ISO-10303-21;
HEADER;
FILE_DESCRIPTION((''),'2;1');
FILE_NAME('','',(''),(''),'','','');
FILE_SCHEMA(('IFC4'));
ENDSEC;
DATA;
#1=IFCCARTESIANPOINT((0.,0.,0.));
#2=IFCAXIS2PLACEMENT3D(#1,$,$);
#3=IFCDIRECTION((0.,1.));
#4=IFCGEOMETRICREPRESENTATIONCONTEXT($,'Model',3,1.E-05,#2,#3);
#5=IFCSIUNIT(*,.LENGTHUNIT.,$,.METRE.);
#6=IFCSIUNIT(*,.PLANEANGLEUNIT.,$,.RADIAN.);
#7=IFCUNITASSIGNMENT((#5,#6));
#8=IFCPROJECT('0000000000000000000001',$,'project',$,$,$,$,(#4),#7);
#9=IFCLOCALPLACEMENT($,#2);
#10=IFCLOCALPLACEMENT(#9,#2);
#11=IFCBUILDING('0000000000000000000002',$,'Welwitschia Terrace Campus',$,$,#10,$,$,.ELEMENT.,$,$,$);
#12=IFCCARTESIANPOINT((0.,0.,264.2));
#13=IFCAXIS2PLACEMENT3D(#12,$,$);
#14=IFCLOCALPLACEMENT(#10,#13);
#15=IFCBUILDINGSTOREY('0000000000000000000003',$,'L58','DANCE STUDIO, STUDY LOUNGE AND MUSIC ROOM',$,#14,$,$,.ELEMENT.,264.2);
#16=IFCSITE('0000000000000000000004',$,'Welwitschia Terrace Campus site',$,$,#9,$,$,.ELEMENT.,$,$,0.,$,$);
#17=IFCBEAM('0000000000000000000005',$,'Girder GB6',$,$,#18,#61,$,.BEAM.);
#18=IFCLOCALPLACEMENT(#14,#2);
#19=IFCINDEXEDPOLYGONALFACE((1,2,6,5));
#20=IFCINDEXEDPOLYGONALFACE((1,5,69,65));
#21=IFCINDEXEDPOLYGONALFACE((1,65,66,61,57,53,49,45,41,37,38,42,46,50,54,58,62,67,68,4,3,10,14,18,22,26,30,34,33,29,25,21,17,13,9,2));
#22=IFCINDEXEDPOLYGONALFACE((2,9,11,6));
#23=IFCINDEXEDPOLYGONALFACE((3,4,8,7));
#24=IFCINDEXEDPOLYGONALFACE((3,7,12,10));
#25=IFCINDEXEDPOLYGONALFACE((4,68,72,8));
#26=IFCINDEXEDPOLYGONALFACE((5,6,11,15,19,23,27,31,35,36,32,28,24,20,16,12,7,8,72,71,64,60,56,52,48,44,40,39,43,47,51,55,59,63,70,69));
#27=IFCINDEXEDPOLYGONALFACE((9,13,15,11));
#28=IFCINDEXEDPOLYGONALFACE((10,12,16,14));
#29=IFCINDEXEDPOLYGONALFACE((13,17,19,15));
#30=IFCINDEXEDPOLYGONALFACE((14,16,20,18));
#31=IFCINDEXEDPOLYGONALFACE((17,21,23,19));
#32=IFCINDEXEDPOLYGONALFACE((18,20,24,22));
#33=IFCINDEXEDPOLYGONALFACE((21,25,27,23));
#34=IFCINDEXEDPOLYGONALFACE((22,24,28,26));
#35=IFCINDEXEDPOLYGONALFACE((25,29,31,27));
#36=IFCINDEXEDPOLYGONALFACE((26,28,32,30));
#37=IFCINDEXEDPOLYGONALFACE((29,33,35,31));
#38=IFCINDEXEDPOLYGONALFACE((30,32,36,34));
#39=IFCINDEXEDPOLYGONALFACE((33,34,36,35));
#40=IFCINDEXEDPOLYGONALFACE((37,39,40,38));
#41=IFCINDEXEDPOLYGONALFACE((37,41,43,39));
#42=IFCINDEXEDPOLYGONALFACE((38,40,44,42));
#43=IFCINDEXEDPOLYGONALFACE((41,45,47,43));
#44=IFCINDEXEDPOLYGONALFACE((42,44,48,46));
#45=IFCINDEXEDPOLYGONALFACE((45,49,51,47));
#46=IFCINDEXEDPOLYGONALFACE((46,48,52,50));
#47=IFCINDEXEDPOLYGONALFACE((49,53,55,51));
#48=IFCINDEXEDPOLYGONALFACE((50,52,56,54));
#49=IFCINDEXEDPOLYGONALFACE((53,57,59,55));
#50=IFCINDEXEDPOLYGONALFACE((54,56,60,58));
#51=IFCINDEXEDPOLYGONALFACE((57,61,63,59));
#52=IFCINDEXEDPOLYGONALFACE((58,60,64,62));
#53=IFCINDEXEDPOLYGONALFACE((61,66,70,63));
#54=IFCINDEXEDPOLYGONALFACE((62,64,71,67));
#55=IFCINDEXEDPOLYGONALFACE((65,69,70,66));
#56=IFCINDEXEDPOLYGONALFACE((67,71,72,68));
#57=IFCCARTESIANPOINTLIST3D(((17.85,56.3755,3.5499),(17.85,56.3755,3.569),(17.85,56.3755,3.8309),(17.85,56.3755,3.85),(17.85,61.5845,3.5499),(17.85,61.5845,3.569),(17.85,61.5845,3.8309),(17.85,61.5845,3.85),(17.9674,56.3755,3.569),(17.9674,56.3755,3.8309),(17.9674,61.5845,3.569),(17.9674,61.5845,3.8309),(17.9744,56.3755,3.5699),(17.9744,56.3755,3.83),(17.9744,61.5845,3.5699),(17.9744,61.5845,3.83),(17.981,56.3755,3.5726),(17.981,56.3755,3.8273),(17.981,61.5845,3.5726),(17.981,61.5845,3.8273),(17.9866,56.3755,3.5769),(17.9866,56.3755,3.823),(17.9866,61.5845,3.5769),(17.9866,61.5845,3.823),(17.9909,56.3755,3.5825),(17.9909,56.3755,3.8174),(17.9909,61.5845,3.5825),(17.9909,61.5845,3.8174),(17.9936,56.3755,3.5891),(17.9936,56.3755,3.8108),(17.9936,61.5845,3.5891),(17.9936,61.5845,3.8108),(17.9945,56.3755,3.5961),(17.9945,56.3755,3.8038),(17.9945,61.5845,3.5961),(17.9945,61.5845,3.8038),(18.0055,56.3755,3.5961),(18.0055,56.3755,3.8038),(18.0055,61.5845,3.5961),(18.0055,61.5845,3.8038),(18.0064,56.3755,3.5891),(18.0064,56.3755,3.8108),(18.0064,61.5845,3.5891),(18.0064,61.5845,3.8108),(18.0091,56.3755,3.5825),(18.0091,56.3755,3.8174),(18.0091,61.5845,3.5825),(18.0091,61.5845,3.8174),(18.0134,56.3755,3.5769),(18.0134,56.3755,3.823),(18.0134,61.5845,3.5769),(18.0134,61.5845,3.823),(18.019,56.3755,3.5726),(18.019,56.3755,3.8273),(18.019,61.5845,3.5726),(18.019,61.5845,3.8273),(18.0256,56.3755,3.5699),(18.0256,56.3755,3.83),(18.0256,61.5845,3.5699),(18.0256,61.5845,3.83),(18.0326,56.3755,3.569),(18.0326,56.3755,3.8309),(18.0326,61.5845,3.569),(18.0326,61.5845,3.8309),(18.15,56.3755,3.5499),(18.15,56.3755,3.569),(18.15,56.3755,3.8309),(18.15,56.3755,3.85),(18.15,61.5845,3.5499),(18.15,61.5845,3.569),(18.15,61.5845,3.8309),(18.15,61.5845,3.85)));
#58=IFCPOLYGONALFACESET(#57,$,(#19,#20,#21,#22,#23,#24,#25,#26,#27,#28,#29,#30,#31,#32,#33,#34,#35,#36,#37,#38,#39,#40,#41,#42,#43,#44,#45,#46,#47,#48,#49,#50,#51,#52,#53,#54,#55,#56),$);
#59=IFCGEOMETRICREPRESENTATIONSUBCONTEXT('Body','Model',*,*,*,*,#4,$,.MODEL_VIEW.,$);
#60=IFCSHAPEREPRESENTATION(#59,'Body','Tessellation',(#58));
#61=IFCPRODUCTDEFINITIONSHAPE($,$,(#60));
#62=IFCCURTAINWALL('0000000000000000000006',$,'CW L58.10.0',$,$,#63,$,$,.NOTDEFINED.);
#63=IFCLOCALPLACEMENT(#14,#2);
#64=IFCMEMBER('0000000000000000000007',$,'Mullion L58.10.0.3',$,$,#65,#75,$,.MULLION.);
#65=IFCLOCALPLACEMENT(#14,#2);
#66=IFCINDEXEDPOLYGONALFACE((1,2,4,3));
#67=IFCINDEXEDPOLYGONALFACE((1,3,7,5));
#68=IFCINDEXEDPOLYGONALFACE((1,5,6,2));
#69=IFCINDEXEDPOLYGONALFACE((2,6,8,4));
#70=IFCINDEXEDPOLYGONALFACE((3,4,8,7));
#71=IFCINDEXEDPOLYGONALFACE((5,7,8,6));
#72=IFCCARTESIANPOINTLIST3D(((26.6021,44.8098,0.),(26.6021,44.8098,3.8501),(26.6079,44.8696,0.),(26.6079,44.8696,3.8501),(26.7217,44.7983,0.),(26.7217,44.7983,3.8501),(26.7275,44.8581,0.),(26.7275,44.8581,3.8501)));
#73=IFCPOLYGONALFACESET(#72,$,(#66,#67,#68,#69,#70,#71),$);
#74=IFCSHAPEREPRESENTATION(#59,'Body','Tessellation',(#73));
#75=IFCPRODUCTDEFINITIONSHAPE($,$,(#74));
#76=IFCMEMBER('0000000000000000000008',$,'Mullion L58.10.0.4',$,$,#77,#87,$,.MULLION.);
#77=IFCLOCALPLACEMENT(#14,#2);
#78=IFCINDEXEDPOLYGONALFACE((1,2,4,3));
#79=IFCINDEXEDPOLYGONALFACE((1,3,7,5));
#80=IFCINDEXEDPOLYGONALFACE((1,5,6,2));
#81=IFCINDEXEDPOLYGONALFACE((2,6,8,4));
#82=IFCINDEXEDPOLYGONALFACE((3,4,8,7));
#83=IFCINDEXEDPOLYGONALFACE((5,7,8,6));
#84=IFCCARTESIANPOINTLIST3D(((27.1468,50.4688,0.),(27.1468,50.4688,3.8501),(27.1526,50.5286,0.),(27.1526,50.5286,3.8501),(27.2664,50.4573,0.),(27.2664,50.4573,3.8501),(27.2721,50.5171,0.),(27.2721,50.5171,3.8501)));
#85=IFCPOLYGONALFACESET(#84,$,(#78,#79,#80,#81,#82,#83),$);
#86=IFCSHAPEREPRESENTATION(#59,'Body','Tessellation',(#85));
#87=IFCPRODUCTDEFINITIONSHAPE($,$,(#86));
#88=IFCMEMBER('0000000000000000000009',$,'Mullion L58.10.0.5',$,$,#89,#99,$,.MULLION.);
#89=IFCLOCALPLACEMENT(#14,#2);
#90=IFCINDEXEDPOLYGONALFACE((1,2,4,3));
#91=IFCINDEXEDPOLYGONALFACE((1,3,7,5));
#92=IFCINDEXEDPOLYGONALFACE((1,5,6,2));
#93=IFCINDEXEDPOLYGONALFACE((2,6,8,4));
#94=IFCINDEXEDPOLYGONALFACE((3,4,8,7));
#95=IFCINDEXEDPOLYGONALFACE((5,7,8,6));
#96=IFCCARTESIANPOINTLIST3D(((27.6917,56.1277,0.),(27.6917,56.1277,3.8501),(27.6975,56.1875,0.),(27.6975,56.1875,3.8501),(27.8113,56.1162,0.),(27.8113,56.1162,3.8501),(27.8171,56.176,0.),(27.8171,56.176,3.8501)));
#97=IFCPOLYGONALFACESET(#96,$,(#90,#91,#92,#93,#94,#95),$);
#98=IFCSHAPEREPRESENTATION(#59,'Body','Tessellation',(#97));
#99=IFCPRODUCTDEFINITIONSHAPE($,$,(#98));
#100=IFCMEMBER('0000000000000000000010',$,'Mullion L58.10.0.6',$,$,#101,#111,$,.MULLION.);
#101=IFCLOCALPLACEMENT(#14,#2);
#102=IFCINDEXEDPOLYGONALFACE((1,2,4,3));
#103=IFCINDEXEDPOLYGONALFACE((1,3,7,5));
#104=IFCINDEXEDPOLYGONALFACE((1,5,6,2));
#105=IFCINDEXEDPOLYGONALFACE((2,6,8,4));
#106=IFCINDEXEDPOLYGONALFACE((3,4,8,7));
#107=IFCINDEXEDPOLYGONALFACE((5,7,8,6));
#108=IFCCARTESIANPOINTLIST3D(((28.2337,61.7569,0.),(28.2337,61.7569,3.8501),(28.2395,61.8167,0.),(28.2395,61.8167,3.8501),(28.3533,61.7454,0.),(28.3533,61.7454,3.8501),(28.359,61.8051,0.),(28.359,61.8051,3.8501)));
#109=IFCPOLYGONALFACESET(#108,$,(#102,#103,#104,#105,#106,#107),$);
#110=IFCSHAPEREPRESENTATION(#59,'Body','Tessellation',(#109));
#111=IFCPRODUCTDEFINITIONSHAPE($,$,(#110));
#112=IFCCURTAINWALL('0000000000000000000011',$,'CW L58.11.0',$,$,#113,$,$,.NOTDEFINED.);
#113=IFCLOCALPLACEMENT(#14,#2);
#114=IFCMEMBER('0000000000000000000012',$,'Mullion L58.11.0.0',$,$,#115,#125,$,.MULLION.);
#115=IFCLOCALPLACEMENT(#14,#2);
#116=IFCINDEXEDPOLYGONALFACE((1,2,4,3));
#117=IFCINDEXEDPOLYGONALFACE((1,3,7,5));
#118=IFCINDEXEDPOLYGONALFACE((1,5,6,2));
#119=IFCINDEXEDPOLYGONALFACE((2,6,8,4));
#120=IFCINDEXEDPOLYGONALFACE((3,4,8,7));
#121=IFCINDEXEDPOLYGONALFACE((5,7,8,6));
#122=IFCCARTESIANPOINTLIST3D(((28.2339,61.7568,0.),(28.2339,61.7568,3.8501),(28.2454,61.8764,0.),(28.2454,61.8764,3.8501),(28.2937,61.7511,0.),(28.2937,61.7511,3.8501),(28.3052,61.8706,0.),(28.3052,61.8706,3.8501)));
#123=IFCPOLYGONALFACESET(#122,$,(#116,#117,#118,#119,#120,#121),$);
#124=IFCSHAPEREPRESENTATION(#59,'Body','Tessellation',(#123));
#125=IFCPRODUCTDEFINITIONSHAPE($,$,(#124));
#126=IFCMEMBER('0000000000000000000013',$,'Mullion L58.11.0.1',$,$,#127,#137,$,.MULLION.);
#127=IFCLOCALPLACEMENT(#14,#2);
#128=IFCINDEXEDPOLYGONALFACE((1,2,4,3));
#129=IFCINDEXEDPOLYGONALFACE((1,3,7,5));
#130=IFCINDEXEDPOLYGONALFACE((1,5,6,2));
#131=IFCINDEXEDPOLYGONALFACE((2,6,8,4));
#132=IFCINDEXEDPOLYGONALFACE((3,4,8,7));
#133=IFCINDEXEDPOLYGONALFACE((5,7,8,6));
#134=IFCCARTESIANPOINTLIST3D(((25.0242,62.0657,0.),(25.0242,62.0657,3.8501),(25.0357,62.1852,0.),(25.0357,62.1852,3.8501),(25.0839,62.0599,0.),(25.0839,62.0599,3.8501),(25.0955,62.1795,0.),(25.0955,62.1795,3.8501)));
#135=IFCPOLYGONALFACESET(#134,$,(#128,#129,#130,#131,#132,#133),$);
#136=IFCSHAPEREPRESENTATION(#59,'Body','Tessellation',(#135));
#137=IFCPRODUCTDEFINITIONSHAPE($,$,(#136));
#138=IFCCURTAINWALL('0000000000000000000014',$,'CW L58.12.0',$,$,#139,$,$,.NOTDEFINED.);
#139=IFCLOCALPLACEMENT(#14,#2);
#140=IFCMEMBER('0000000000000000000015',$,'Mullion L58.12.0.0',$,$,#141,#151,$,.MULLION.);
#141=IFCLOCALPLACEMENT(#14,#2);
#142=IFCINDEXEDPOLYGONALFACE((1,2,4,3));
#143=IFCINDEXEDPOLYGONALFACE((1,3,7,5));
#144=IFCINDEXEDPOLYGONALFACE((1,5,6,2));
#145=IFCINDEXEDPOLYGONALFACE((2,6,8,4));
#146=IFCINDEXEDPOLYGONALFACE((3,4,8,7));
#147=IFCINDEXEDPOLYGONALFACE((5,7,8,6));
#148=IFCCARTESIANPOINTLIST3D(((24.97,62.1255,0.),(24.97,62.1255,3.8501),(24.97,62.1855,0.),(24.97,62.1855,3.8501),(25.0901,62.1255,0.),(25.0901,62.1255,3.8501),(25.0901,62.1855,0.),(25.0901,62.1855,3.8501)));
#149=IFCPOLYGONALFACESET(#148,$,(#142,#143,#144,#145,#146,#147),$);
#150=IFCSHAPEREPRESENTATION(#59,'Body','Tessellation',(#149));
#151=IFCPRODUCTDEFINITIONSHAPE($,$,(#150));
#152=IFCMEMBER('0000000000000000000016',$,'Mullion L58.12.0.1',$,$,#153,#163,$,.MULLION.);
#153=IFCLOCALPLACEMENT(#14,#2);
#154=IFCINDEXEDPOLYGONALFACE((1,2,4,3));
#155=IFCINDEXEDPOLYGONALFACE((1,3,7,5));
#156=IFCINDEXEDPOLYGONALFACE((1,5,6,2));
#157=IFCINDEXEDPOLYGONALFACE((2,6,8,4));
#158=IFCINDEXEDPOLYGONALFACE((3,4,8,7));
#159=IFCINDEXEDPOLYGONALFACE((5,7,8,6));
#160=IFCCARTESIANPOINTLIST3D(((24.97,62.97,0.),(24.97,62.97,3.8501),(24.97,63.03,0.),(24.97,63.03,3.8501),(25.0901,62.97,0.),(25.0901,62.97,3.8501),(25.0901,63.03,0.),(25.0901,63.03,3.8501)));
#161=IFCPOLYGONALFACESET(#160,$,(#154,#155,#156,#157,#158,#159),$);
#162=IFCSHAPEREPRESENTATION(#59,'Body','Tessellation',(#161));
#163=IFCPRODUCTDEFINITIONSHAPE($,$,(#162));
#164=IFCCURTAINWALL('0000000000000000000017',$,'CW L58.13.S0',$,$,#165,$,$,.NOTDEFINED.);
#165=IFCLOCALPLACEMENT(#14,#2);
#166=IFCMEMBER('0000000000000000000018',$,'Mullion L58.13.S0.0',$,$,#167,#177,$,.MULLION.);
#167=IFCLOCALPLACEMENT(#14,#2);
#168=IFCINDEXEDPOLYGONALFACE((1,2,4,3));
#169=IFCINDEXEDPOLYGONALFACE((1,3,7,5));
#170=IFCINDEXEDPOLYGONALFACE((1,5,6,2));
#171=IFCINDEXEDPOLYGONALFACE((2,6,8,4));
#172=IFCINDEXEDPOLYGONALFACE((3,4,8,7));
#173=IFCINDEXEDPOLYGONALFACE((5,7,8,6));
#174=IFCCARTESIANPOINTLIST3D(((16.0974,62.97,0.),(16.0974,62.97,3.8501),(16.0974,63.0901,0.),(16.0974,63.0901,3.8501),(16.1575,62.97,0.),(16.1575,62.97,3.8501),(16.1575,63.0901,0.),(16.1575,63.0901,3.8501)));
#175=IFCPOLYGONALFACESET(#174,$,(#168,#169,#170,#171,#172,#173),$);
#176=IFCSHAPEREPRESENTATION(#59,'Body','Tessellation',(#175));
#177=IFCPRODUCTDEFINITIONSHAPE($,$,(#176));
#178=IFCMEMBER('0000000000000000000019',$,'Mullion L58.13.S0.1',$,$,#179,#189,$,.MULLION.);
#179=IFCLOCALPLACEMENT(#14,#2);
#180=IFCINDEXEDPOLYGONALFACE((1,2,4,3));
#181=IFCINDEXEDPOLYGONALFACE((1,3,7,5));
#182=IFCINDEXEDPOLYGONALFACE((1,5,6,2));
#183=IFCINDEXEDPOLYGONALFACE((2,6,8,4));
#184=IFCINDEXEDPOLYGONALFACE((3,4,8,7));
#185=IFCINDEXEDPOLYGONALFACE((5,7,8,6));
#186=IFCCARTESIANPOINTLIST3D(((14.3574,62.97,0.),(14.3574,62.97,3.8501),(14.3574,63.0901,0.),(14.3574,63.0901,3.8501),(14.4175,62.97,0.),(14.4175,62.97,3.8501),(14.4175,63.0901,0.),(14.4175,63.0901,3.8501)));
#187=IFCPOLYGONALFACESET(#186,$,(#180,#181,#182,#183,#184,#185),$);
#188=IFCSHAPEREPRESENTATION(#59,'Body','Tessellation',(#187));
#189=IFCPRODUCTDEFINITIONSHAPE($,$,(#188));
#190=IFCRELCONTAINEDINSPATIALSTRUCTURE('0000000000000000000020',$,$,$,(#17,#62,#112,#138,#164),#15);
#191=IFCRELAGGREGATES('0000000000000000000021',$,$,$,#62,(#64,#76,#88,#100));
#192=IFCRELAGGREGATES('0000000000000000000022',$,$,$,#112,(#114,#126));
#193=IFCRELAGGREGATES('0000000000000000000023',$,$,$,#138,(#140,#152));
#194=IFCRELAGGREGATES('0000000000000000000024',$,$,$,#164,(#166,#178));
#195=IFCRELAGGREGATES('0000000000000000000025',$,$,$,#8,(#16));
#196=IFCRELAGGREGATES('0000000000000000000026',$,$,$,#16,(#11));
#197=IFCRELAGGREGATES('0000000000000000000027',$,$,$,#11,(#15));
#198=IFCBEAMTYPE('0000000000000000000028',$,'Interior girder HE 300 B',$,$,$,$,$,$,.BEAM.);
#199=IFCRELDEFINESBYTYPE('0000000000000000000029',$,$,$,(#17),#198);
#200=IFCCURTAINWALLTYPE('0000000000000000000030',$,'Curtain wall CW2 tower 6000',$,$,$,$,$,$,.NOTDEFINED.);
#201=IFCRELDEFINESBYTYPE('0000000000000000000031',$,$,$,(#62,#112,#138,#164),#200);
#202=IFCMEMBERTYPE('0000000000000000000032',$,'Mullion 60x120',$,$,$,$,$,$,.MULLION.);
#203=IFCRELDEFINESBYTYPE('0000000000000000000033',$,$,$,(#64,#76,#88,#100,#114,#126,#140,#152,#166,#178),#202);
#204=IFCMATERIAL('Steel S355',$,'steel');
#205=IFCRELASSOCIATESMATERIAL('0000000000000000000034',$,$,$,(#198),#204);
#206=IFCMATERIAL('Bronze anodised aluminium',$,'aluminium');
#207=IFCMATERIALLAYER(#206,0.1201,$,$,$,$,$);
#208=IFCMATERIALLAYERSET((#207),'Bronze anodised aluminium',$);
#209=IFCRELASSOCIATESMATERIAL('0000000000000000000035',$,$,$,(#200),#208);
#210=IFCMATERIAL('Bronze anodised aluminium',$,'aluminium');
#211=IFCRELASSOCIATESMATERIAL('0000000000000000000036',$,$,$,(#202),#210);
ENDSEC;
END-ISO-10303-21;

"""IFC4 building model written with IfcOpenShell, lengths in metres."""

from ifc_helpers import new_model, si_unit, direction, frame, origin, origin_2d, place, context, subcontext, project, spatial, rectangle, i_section, extrude, material, layer, layer_set, material_profile, profile_set, type_object, element, aggregate, save


model = new_model("IFC4")

# Units and contexts
model_context = context("Model", 3, precision=1e-05, world=origin(), true_north=direction((0.0, 1.0)))
body_context = subcontext(model_context, "Body", "Model", "MODEL_VIEW")
ifc_project = project(units=[si_unit("LENGTHUNIT", "METRE"), si_unit("PLANEANGLEUNIT", "RADIAN")], contexts=[model_context])

# Site, building, storey
site_placement = place(None, origin())
site = spatial("IfcSite", under=ifc_project, at=site_placement, Name="Welwitschia Terrace Campus site", CompositionType="ELEMENT", RefElevation=0.0)
building_placement = place(site_placement, origin())
building = spatial("IfcBuilding", under=site, at=building_placement, Name="Welwitschia Terrace Campus", CompositionType="ELEMENT")
storey_placement = place(building_placement, frame((0.0, 0.0, 264.2)))
storey = spatial("IfcBuildingStorey", under=building, at=storey_placement, Name="L58", Description="DANCE STUDIO, STUDY LOUNGE AND MUSIC ROOM", CompositionType="ELEMENT", Elevation=264.2)

# Beam
ifc_material_1 = material(Name="Steel S355", Category="steel")
ifc_material_profile_1 = material_profile(ifc_material_1, i_section(OverallWidth=0.3, OverallDepth=0.3, WebThickness=0.011, FlangeThickness=0.019, FilletRadius=0.0271, at=origin_2d()))
ifc_profile_set_1 = profile_set([ifc_material_profile_1], Name="Steel S355")
beam_type_1 = type_object("IfcBeamType", Name="Interior girder HE 300 B", PredefinedType="BEAM", material=ifc_profile_set_1)
beam_1_placement = place(storey_placement, frame((18.0, 56.3755, 3.7), z_axis=(0.0, 1.0, 0.0), x_axis=(-1.0, 0.0, 0.0)))
element("IfcBeam", 1, at=beam_1_placement, inside=storey, type_object=beam_type_1, Name="Girder GB6", PredefinedType="BEAM", context=body_context, shape_type="SweptSolid", body=[
    extrude(i_section(OverallWidth=0.3, OverallDepth=0.3, WebThickness=0.011, FlangeThickness=0.019, FilletRadius=0.0271, at=origin_2d()), origin(), (0.0, 0.0, 1.0), 5.209),
])

# Curtain walls, members
ifc_material_2 = material(Name="Bronze anodised aluminium", Category="aluminium")
ifc_layer_1 = layer(ifc_material_2, 0.1201)
ifc_layer_set_1 = layer_set([ifc_layer_1], Name="Bronze anodised aluminium")
curtain_wall_type = type_object("IfcCurtainWallType", Name="Curtain wall CW2 tower 6000", PredefinedType="NOTDEFINED", material=ifc_layer_set_1)
curtain_wall_1_placement = place(storey_placement, origin())
curtain_wall_1 = element("IfcCurtainWall", 2, at=curtain_wall_1_placement, inside=storey, type_object=curtain_wall_type, Name="CW L58.10.0", PredefinedType="NOTDEFINED")
ifc_material_3 = material(Name="Bronze anodised aluminium", Category="aluminium")
ifc_material_profile_2 = material_profile(ifc_material_3, rectangle(XDim=0.1201, YDim=0.0601, at=origin_2d()))
ifc_profile_set_2 = profile_set([ifc_material_profile_2], Name="Bronze anodised aluminium")
member_type_1 = type_object("IfcMemberType", Name="Mullion 60x120", PredefinedType="MULLION", material=ifc_profile_set_2)
member_1_placement = place(storey_placement, frame((26.6648, 44.834, 0.0), z_axis=(0.0, 0.0, 1.0), x_axis=(-0.995396, 0.095846, 0.0)))
member_1 = element("IfcMember", 3, at=member_1_placement, type_object=member_type_1, Name="Mullion L58.10.0.3", PredefinedType="MULLION", context=body_context, shape_type="SweptSolid", body=[
    extrude(rectangle(XDim=0.1201, YDim=0.0601, at=origin_2d()), origin(), (0.0, 0.0, 1.0), 3.8501),
])
member_2_placement = place(storey_placement, frame((27.2095, 50.4929, 0.0), z_axis=(0.0, 0.0, 1.0), x_axis=(-0.995396, 0.095846, 0.0)))
member_2 = element("IfcMember", 4, at=member_2_placement, type_object=member_type_1, Name="Mullion L58.10.0.4", PredefinedType="MULLION", context=body_context, shape_type="SweptSolid", body=[
    extrude(rectangle(XDim=0.1201, YDim=0.0601, at=origin_2d()), origin(), (0.0, 0.0, 1.0), 3.8501),
])
member_3_placement = place(storey_placement, frame((27.7544, 56.1519, 0.0), z_axis=(0.0, 0.0, 1.0), x_axis=(-0.995396, 0.095846, 0.0)))
member_3 = element("IfcMember", 5, at=member_3_placement, type_object=member_type_1, Name="Mullion L58.10.0.5", PredefinedType="MULLION", context=body_context, shape_type="SweptSolid", body=[
    extrude(rectangle(XDim=0.1201, YDim=0.0601, at=origin_2d()), origin(), (0.0, 0.0, 1.0), 3.8501),
])
member_4_placement = place(storey_placement, frame((28.2964, 61.781, 0.0), z_axis=(0.0, 0.0, 1.0), x_axis=(-0.995396, 0.095846, 0.0)))
member_4 = element("IfcMember", 6, at=member_4_placement, type_object=member_type_1, Name="Mullion L58.10.0.6", PredefinedType="MULLION", context=body_context, shape_type="SweptSolid", body=[
    extrude(rectangle(XDim=0.1201, YDim=0.0601, at=origin_2d()), origin(), (0.0, 0.0, 1.0), 3.8501),
])
curtain_wall_2_placement = place(storey_placement, origin())
curtain_wall_2 = element("IfcCurtainWall", 7, at=curtain_wall_2_placement, inside=storey, type_object=curtain_wall_type, Name="CW L58.11.0", PredefinedType="NOTDEFINED")
member_5_placement = place(storey_placement, frame((28.2695, 61.8137, 0.0), z_axis=(0.0, 0.0, 1.0), x_axis=(-0.095846, -0.995396, 0.0)))
member_5 = element("IfcMember", 8, at=member_5_placement, type_object=member_type_1, Name="Mullion L58.11.0.0", PredefinedType="MULLION", context=body_context, shape_type="SweptSolid", body=[
    extrude(rectangle(XDim=0.1201, YDim=0.0601, at=origin_2d()), origin(), (0.0, 0.0, 1.0), 3.8501),
])
member_6_placement = place(storey_placement, frame((25.0598, 62.1226, 0.0), z_axis=(0.0, 0.0, 1.0), x_axis=(-0.095846, -0.995396, 0.0)))
member_6 = element("IfcMember", 9, at=member_6_placement, type_object=member_type_1, Name="Mullion L58.11.0.1", PredefinedType="MULLION", context=body_context, shape_type="SweptSolid", body=[
    extrude(rectangle(XDim=0.1201, YDim=0.0601, at=origin_2d()), origin(), (0.0, 0.0, 1.0), 3.8501),
])
curtain_wall_3_placement = place(storey_placement, origin())
curtain_wall_3 = element("IfcCurtainWall", 10, at=curtain_wall_3_placement, inside=storey, type_object=curtain_wall_type, Name="CW L58.12.0", PredefinedType="NOTDEFINED")
member_7_placement = place(storey_placement, frame((25.03, 62.1555, 0.0), z_axis=(0.0, 0.0, 1.0), x_axis=(-1.0, 0.0, 0.0)))
member_7 = element("IfcMember", 11, at=member_7_placement, type_object=member_type_1, Name="Mullion L58.12.0.0", PredefinedType="MULLION", context=body_context, shape_type="SweptSolid", body=[
    extrude(rectangle(XDim=0.1201, YDim=0.0601, at=origin_2d()), origin(), (0.0, 0.0, 1.0), 3.8501),
])
member_8_placement = place(storey_placement, frame((25.03, 63.0, 0.0), z_axis=(0.0, 0.0, 1.0), x_axis=(-1.0, 0.0, 0.0)))
member_8 = element("IfcMember", 12, at=member_8_placement, type_object=member_type_1, Name="Mullion L58.12.0.1", PredefinedType="MULLION", context=body_context, shape_type="SweptSolid", body=[
    extrude(rectangle(XDim=0.1201, YDim=0.0601, at=origin_2d()), origin(), (0.0, 0.0, 1.0), 3.8501),
])
curtain_wall_4_placement = place(storey_placement, origin())
curtain_wall_4 = element("IfcCurtainWall", 13, at=curtain_wall_4_placement, inside=storey, type_object=curtain_wall_type, Name="CW L58.13.S0", PredefinedType="NOTDEFINED")
member_9_placement = place(storey_placement, frame((16.1274, 63.03, 0.0), z_axis=(0.0, 0.0, 1.0), x_axis=(0.0, -1.0, 0.0)))
member_9 = element("IfcMember", 14, at=member_9_placement, type_object=member_type_1, Name="Mullion L58.13.S0.0", PredefinedType="MULLION", context=body_context, shape_type="SweptSolid", body=[
    extrude(rectangle(XDim=0.1201, YDim=0.0601, at=origin_2d()), origin(), (0.0, 0.0, 1.0), 3.8501),
])
member_10_placement = place(storey_placement, frame((14.3875, 63.03, 0.0), z_axis=(0.0, 0.0, 1.0), x_axis=(0.0, -1.0, 0.0)))
member_10 = element("IfcMember", 15, at=member_10_placement, type_object=member_type_1, Name="Mullion L58.13.S0.1", PredefinedType="MULLION", context=body_context, shape_type="SweptSolid", body=[
    extrude(rectangle(XDim=0.1201, YDim=0.0601, at=origin_2d()), origin(), (0.0, 0.0, 1.0), 3.8501),
])

aggregate(curtain_wall_1, [member_1, member_2, member_3, member_4])
aggregate(curtain_wall_2, [member_5, member_6])
aggregate(curtain_wall_3, [member_7, member_8])
aggregate(curtain_wall_4, [member_9, member_10])

save(model, "model.ifc")
